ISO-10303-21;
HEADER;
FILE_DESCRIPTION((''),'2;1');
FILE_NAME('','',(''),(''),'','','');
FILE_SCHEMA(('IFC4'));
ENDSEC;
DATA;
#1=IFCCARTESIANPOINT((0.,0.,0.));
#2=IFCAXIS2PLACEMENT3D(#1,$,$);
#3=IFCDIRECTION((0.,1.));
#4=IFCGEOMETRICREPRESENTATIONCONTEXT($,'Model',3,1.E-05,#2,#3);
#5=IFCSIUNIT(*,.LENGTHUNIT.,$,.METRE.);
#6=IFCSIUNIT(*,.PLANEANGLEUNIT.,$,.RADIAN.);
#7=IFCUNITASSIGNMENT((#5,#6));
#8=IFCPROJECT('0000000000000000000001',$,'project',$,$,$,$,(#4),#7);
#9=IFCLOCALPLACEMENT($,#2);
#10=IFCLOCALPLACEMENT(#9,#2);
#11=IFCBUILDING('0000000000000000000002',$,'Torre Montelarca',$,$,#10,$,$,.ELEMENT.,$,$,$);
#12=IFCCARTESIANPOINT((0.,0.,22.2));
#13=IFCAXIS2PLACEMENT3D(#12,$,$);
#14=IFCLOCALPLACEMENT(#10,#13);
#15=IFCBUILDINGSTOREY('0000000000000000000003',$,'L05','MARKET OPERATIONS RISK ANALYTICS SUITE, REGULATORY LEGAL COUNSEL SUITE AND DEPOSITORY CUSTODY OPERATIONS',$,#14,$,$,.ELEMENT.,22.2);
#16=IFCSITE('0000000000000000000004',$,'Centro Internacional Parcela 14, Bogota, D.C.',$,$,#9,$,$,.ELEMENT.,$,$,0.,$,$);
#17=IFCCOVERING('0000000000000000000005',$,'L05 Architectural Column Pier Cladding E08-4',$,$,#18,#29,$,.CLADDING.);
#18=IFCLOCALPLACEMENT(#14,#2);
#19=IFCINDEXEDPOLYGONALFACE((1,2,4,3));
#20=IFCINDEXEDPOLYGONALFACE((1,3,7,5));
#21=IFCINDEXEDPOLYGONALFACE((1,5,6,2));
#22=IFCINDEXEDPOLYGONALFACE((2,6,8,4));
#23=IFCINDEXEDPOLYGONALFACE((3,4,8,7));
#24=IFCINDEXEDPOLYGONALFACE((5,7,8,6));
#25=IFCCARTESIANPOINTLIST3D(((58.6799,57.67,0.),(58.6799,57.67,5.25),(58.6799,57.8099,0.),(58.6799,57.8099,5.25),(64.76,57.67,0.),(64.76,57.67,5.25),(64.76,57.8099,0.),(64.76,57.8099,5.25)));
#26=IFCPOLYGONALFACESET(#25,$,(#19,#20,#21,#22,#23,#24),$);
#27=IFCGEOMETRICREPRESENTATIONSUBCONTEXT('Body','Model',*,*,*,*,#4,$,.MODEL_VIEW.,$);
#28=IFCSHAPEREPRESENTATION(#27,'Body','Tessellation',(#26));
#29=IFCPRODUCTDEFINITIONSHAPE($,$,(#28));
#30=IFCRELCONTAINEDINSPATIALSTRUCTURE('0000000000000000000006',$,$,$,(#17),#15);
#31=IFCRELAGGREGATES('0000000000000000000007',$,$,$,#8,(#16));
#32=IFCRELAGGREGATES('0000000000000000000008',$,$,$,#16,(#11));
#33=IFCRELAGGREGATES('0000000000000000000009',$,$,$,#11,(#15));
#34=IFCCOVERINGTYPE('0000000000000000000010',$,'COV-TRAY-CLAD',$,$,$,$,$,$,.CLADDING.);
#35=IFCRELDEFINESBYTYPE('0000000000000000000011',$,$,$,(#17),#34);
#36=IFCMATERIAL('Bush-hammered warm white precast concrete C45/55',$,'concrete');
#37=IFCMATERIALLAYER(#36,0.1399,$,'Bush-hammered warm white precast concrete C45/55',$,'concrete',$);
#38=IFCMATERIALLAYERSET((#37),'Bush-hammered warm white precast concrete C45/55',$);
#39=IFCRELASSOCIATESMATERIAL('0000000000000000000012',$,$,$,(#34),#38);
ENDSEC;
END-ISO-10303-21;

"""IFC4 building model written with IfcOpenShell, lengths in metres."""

from ifc_helpers import new_model, si_unit, direction, frame, origin, origin_2d, place, context, subcontext, project, spatial, rectangle, extrude, source, transform, mapped, material, layer, layer_set, type_object, element, save


model = new_model("IFC4")

# Units and contexts
model_context = context("Model", 3, precision=1e-05, world=origin(), true_north=direction((0.0, 1.0)))
body_context = subcontext(model_context, "Body", "Model", "MODEL_VIEW")
ifc_project = project(units=[si_unit("LENGTHUNIT", "METRE"), si_unit("PLANEANGLEUNIT", "RADIAN")], contexts=[model_context])

# Site, building, storey
site_placement = place(None, origin())
site = spatial("IfcSite", under=ifc_project, at=site_placement, Name="Centro Internacional Parcela 14, Bogota, D.C.", CompositionType="ELEMENT", RefElevation=0.0)
building_placement = place(site_placement, origin())
building = spatial("IfcBuilding", under=site, at=building_placement, Name="Torre Montelarca", CompositionType="ELEMENT")
storey_placement = place(building_placement, frame((0.0, 0.0, 22.2)))
storey = spatial("IfcBuildingStorey", under=building, at=storey_placement, Name="L05", Description="MARKET OPERATIONS RISK ANALYTICS SUITE, REGULATORY LEGAL COUNSEL SUITE AND DEPOSITORY CUSTODY OPERATIONS", CompositionType="ELEMENT", Elevation=22.2)

# Covering
ifc_material_1 = material(Name="Bush-hammered warm white precast concrete C45/55", Category="concrete")
ifc_layer = layer(ifc_material_1, 0.1399, Name="Bush-hammered warm white precast concrete C45/55", Category="concrete")
ifc_layer_set = layer_set([ifc_layer], Name="Bush-hammered warm white precast concrete C45/55")
covering_type = type_object("IfcCoveringType", Name="COV-TRAY-CLAD", PredefinedType="CLADDING", material=ifc_layer_set)
shared_shape_1 = source(origin(), body_context, "Body", "SweptSolid", [
    extrude(rectangle(XDim=6.0801, YDim=0.1399, at=origin_2d()), origin(), (0.0, 0.0, 1.0), 5.25),
])
covering_placement = place(storey_placement, frame((61.72, 57.74, 0.0), z_axis=(0.0, 0.0, 1.0), x_axis=(-1.0, 0.0, 0.0)))
element("IfcCovering", 1, at=covering_placement, inside=storey, type_object=covering_type, Name="L05 Architectural Column Pier Cladding E08-4", PredefinedType="CLADDING", context=body_context, shape_type="MappedRepresentation", body=[
    mapped(shared_shape_1, transform((0.0, 0.0, 0.0), scale=1.0)),
])

save(model, "model.ifc")
